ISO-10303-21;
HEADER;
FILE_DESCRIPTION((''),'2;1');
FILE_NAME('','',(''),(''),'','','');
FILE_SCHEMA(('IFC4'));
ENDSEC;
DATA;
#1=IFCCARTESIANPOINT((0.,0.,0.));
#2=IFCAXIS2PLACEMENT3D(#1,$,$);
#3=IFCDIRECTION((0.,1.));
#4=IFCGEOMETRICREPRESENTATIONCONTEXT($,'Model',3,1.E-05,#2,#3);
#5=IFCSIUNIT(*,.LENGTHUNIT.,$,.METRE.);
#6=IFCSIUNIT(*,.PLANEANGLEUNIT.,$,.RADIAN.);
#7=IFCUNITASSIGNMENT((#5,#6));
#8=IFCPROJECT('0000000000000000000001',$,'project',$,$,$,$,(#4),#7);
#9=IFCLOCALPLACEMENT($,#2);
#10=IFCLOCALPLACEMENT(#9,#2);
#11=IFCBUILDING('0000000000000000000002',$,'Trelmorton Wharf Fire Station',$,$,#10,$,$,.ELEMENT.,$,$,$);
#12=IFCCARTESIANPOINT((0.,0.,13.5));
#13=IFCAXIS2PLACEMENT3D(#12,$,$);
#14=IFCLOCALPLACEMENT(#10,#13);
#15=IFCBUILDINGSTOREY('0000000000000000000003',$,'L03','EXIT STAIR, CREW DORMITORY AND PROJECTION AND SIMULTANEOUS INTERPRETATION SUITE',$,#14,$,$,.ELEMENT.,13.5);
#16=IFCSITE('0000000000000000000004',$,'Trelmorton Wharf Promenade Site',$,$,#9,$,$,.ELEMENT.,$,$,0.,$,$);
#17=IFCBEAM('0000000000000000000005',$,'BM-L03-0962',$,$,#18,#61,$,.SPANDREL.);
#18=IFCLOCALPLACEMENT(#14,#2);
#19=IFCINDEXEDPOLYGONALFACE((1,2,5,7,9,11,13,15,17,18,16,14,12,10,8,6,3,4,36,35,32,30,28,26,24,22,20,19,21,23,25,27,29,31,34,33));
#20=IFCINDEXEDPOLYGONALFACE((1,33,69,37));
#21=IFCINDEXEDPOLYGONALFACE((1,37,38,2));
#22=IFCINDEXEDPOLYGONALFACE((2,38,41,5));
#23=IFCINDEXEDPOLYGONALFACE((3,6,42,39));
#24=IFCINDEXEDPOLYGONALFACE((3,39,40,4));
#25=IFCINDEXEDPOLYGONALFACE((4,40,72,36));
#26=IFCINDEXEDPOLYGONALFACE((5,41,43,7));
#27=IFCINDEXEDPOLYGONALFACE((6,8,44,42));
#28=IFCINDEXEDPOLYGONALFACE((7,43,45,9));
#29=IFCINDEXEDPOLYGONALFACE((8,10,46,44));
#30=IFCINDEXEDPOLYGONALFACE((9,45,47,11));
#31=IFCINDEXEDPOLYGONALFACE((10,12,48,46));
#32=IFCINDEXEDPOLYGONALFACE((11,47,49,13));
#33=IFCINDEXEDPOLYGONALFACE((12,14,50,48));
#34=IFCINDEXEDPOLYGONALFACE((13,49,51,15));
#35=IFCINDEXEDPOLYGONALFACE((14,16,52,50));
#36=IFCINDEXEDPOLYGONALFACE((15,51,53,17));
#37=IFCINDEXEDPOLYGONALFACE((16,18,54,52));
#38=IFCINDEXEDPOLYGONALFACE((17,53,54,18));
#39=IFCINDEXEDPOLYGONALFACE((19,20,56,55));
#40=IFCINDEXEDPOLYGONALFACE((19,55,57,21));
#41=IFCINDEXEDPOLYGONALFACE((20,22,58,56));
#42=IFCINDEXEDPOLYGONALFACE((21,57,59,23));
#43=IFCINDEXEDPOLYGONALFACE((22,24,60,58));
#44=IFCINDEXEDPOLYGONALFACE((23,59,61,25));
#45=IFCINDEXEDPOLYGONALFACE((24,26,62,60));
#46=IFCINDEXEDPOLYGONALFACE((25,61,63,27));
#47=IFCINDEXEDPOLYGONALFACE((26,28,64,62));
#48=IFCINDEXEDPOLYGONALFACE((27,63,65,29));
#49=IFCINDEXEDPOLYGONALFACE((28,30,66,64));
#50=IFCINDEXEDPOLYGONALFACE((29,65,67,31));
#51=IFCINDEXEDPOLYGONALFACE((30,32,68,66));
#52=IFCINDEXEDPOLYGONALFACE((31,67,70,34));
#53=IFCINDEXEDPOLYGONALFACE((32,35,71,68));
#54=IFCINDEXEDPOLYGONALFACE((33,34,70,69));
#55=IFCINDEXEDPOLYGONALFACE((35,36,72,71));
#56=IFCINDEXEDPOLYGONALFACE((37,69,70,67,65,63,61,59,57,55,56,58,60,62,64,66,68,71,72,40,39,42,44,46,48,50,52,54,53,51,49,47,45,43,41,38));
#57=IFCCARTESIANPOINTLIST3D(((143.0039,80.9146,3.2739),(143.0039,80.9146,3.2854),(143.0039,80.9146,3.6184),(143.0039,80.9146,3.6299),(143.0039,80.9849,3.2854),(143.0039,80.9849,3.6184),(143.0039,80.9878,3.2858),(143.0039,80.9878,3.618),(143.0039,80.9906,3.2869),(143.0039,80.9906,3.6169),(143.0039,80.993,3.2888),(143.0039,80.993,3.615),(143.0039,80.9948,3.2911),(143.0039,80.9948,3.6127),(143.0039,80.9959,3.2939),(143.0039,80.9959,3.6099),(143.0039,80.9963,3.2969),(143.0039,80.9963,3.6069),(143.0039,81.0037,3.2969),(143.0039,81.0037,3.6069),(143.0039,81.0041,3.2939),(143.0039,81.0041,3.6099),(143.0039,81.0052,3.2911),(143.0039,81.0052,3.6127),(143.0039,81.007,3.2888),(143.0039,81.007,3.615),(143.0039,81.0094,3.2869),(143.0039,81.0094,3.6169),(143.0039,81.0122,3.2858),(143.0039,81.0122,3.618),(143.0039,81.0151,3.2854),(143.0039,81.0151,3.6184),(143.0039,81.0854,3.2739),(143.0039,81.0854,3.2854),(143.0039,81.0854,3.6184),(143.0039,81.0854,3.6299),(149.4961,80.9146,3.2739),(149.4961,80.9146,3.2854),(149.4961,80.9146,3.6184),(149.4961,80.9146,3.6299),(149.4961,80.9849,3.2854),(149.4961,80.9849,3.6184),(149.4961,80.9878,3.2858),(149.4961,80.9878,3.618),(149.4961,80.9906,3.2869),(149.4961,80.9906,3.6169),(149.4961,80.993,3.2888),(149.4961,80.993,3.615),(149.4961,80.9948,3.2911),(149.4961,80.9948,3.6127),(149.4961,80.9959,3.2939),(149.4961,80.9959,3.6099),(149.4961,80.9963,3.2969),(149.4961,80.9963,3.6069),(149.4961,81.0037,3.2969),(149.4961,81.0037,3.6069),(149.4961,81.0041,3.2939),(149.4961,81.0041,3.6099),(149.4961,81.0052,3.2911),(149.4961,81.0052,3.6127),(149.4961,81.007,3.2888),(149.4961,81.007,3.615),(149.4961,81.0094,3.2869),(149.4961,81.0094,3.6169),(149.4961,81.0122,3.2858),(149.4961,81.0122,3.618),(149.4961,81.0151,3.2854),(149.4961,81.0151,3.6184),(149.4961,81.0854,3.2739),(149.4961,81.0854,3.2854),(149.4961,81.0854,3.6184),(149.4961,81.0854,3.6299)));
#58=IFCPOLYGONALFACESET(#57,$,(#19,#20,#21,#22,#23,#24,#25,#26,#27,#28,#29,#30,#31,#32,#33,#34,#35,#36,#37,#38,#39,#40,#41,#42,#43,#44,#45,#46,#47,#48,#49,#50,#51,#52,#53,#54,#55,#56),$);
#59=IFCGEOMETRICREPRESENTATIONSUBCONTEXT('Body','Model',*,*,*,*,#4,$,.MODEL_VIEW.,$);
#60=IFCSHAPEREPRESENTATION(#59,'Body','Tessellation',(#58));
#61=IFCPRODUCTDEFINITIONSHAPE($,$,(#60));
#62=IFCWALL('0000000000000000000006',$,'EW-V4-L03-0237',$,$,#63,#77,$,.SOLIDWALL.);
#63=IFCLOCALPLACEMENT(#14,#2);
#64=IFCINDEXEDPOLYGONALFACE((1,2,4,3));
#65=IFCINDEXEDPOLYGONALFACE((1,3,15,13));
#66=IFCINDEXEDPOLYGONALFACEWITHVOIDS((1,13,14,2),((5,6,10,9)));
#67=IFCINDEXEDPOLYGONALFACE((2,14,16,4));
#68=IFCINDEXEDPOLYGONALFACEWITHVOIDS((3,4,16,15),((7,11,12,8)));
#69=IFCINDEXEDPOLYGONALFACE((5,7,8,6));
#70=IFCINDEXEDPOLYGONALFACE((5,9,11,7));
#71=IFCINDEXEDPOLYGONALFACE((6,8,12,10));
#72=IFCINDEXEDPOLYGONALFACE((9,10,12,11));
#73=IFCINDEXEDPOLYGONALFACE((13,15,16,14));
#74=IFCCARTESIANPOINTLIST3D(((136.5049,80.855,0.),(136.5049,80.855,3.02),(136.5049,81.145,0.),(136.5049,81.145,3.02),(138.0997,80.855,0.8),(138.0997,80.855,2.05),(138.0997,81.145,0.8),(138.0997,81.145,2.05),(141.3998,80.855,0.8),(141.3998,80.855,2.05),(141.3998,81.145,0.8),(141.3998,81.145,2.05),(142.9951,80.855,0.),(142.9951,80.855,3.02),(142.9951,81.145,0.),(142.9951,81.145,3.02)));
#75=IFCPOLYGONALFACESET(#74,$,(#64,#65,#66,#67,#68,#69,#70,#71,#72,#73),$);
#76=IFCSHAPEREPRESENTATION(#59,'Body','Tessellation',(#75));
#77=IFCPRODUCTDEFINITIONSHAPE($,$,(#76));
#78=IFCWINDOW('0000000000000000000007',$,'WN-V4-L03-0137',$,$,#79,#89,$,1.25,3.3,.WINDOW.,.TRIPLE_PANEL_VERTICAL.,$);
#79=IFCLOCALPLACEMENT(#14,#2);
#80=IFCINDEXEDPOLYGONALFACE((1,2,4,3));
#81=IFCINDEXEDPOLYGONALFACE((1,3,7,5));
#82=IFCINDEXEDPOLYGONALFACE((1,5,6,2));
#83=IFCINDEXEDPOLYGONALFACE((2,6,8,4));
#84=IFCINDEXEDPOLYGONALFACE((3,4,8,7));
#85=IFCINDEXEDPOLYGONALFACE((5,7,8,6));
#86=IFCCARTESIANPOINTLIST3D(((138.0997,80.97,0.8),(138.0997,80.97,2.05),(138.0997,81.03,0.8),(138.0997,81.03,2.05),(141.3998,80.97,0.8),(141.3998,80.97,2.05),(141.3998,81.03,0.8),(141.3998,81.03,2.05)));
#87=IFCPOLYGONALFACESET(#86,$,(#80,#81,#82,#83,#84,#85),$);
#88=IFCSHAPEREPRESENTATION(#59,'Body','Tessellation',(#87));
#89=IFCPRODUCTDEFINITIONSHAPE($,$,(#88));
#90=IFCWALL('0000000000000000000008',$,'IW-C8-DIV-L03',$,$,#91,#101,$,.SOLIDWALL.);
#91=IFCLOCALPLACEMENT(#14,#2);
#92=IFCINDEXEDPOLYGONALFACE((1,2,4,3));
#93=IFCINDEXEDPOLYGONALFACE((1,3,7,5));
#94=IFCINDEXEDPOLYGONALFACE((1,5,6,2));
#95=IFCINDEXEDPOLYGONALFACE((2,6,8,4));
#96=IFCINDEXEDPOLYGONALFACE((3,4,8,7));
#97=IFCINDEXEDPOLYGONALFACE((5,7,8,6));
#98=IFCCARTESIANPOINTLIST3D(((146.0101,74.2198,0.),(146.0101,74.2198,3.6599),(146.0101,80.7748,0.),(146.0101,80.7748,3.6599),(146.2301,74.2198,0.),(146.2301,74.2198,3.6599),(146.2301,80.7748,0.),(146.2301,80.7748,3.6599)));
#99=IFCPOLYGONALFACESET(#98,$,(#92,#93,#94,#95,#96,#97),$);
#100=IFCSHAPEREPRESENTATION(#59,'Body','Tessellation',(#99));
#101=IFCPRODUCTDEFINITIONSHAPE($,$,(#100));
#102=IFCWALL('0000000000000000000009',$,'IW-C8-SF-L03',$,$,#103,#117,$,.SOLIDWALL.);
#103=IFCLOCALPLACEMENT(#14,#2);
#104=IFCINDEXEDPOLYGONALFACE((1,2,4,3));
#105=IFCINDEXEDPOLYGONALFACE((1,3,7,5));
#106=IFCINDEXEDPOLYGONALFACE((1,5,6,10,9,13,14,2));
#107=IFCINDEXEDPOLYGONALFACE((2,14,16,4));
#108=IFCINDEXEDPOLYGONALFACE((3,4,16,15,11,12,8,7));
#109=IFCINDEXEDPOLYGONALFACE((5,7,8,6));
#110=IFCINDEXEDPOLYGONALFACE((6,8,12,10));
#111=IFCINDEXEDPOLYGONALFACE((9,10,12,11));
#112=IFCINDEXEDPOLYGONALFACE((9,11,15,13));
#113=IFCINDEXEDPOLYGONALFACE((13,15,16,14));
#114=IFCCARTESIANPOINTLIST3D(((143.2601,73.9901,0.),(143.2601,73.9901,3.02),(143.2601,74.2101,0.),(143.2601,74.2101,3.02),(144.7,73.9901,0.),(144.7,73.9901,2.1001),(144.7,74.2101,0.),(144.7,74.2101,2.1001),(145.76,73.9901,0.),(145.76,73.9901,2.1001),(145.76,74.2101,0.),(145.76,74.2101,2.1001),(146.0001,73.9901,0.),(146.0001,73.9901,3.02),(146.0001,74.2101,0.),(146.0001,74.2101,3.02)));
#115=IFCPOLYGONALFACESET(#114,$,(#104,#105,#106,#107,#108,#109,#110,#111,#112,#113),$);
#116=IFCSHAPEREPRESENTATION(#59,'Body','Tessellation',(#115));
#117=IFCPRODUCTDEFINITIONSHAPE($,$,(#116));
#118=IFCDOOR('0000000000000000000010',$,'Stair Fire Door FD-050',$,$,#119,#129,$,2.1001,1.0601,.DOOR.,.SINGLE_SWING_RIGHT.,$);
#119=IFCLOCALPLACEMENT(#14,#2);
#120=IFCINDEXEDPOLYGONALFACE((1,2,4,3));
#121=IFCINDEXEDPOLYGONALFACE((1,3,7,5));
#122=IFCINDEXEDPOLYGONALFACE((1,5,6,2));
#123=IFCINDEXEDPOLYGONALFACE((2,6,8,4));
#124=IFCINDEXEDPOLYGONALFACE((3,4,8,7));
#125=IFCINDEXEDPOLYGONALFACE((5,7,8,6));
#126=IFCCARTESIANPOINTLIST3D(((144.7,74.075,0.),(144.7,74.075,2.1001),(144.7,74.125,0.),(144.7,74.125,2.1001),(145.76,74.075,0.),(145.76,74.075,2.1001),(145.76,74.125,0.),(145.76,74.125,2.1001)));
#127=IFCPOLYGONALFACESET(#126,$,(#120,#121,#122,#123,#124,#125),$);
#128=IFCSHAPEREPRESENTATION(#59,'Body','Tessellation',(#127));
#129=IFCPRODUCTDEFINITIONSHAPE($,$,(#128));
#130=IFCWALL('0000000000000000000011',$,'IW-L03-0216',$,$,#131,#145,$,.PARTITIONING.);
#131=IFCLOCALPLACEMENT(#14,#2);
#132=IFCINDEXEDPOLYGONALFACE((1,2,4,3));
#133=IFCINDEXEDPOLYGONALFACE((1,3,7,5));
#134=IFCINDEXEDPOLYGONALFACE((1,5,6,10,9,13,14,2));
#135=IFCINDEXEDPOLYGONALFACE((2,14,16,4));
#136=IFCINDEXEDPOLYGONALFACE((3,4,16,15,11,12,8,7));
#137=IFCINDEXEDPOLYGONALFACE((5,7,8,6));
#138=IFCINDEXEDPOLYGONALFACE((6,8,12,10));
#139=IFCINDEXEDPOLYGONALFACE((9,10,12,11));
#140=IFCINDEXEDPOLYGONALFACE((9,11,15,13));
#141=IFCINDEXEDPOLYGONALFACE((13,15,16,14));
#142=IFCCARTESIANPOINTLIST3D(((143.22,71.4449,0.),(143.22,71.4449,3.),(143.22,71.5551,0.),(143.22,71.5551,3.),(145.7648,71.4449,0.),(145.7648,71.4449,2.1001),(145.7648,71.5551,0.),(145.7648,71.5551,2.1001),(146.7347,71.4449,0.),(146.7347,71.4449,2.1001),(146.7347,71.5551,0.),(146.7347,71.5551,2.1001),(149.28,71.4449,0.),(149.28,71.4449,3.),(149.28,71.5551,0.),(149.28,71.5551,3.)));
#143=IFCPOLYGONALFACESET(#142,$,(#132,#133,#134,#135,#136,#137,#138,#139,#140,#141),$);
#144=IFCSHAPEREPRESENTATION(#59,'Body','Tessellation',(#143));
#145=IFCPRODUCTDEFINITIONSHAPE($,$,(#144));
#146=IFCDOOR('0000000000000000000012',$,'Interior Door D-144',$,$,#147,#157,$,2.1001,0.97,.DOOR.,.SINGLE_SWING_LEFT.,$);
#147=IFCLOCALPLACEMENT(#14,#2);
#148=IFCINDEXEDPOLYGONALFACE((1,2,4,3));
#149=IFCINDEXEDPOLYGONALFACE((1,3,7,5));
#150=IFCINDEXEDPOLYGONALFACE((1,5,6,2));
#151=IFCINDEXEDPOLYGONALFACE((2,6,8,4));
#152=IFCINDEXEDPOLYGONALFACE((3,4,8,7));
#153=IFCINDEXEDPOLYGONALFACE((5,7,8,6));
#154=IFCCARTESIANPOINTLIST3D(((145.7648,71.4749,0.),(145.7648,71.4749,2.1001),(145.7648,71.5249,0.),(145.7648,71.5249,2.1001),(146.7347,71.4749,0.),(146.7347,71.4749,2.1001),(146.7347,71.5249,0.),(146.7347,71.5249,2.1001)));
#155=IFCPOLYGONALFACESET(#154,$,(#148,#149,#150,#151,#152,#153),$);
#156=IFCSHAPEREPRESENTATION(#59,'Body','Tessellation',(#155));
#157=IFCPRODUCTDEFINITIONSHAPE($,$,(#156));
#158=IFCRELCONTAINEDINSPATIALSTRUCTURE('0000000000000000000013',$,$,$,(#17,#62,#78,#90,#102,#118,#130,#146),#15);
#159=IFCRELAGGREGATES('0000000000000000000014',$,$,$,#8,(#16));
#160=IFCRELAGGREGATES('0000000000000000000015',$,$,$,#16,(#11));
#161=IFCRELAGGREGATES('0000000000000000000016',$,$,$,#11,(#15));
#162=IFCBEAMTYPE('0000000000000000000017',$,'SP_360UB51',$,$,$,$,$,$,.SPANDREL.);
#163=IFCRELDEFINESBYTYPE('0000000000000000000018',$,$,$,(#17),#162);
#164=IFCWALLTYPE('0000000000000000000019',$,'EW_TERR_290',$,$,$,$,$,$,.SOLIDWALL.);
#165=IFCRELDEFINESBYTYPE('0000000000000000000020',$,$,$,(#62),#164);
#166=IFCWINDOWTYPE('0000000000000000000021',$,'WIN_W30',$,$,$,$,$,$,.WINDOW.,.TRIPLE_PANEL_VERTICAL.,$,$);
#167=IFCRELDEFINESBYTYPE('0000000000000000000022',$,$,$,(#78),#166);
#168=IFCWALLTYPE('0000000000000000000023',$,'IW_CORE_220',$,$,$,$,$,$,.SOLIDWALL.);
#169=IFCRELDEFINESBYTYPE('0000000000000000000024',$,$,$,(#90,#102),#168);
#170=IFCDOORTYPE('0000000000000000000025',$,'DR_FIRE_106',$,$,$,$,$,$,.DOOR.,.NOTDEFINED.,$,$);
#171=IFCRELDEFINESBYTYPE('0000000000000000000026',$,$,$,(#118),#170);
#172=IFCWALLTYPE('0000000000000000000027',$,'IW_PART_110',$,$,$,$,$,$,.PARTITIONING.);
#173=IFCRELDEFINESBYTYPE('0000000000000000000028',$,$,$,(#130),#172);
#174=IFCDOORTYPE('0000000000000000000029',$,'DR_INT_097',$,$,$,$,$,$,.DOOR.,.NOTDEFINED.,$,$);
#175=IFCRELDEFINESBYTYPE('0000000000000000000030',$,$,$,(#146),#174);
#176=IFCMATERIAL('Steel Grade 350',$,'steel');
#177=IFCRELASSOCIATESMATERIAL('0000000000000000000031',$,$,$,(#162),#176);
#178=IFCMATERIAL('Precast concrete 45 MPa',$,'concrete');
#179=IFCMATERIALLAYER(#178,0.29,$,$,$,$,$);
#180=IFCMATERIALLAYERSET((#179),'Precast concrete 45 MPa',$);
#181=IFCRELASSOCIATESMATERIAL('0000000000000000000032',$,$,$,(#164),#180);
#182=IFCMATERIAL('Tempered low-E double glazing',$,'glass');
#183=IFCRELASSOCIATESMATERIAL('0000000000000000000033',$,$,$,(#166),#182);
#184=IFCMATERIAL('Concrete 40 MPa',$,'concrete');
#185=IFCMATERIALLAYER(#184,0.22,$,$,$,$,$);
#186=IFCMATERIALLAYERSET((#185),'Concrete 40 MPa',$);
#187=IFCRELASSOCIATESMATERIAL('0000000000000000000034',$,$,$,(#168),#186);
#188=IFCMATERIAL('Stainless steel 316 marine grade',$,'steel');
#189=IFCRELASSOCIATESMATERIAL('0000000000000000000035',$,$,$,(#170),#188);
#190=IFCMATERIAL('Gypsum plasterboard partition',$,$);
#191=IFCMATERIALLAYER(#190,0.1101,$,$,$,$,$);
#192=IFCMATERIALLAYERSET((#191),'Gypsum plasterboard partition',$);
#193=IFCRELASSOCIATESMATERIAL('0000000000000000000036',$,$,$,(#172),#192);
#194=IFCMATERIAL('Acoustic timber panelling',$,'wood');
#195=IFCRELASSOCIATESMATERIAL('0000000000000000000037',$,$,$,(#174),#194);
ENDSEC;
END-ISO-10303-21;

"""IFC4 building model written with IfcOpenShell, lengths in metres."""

from ifc_helpers import new_model, si_unit, direction, frame, frame_2d, origin, origin_2d, place, context, subcontext, project, spatial, rectangle, i_section, extrude, material, layer, layer_set, material_profile, profile_set, type_object, element, fill, save


model = new_model("IFC4")

# Units and contexts
model_context = context("Model", 3, precision=1e-05, world=origin(), true_north=direction((0.0, 1.0)))
body_context = subcontext(model_context, "Body", "Model", "MODEL_VIEW")
ifc_project = project(units=[si_unit("LENGTHUNIT", "METRE"), si_unit("PLANEANGLEUNIT", "RADIAN")], contexts=[model_context])

# Site, building, storey
site_placement = place(None, origin())
site = spatial("IfcSite", under=ifc_project, at=site_placement, Name="Trelmorton Wharf Promenade Site", CompositionType="ELEMENT", RefElevation=0.0)
building_placement = place(site_placement, origin())
building = spatial("IfcBuilding", under=site, at=building_placement, Name="Trelmorton Wharf Fire Station", CompositionType="ELEMENT")
storey_placement = place(building_placement, frame((0.0, 0.0, 13.5)))
storey = spatial("IfcBuildingStorey", under=building, at=storey_placement, Name="L03", Description="EXIT STAIR, CREW DORMITORY AND PROJECTION AND SIMULTANEOUS INTERPRETATION SUITE", CompositionType="ELEMENT", Elevation=13.5)

# Shared definitions
ifc_material_1 = material(Name="Steel Grade 350", Category="steel")

# Beam
ifc_material_profile_1 = material_profile(ifc_material_1, i_section(OverallWidth=0.1709, OverallDepth=0.356, WebThickness=0.0073, FlangeThickness=0.0115, FilletRadius=0.0115, at=origin_2d()), Name="360UB50.7")
ifc_profile_set_1 = profile_set([ifc_material_profile_1], Name="Steel Grade 350")
beam_type_1 = type_object("IfcBeamType", Name="SP_360UB51", PredefinedType="SPANDREL", material=ifc_profile_set_1)
for number, where, z_axis, x_axis, name in (
    (1, (143.0039, 81.0, 3.4519), (1.0, 0.0, 0.0), (0.0, 1.0, 0.0), "BM-L03-0962"),
):
    element("IfcBeam", number, at=place(storey_placement, frame(where, z_axis=z_axis, x_axis=x_axis)), inside=storey, type_object=beam_type_1, Name=name, PredefinedType="SPANDREL", context=body_context, shape_type="SweptSolid", body=[
        extrude(i_section(OverallWidth=0.1709, OverallDepth=0.356, WebThickness=0.0073, FlangeThickness=0.0115, FilletRadius=0.0115, at=origin_2d()), origin(), (0.0, 0.0, 1.0), 6.4922),
    ])

# Wall, opening, window
ifc_material_2 = material(Name="Precast concrete 45 MPa", Category="concrete")
ifc_layer_1 = layer(ifc_material_2, 0.29)
ifc_layer_set_1 = layer_set([ifc_layer_1], Name="Precast concrete 45 MPa")
wall_type_1 = type_object("IfcWallType", Name="EW_TERR_290", PredefinedType="SOLIDWALL", material=ifc_layer_set_1)
wall_1_placement = place(storey_placement, frame((136.5049, 81.0, 0.0), z_axis=(0.0, 0.0, 1.0), x_axis=(1.0, 0.0, 0.0)))
wall_1 = element("IfcWall", 2, at=wall_1_placement, inside=storey, type_object=wall_type_1, Name="EW-V4-L03-0237", PredefinedType="SOLIDWALL", context=body_context, shape_type="SweptSolid", body=[
    extrude(rectangle(XDim=6.4902, YDim=0.29, at=frame_2d((3.2451, 0.0))), origin(), (0.0, 0.0, 1.0), 3.02),
])
opening_1_placement = place(wall_1_placement, frame((1.595, 0.0, 0.8)))
opening_1 = element("IfcOpeningElement", 3, at=opening_1_placement, cuts=wall_1, PredefinedType="OPENING", context=body_context, shape_type="SweptSolid", body=[
    extrude(rectangle(XDim=3.3, YDim=1.25, at=frame_2d((1.6499, 0.625))), frame((0.0, 0.155, 0.0), z_axis=(0.0, -1.0, 0.0), x_axis=(1.0, 0.0, 0.0)), (0.0, 0.0, 1.0), 0.3101),
])
ifc_material_3 = material(Name="Tempered low-E double glazing", Category="glass")
window_type = type_object("IfcWindowType", Name="WIN_W30", PartitioningType="TRIPLE_PANEL_VERTICAL", PredefinedType="WINDOW", material=ifc_material_3)
window_placement = place(opening_1_placement, origin())
window = element("IfcWindow", 4, at=window_placement, inside=storey, type_object=window_type, Name="WN-V4-L03-0137", OverallHeight=1.25, OverallWidth=3.3, PartitioningType="TRIPLE_PANEL_VERTICAL", PredefinedType="WINDOW", context=body_context, shape_type="SweptSolid", body=[
    extrude(rectangle(XDim=3.3, YDim=1.25, at=frame_2d((1.6499, 0.625))), frame((0.0, 0.03, 0.0), z_axis=(0.0, -1.0, 0.0), x_axis=(1.0, 0.0, 0.0)), (0.0, 0.0, 1.0), 0.0601),
])
fill(opening_1, window)

# Wall
ifc_material_4 = material(Name="Concrete 40 MPa", Category="concrete")
ifc_layer_2 = layer(ifc_material_4, 0.22)
ifc_layer_set_2 = layer_set([ifc_layer_2], Name="Concrete 40 MPa")
wall_type_2 = type_object("IfcWallType", Name="IW_CORE_220", PredefinedType="SOLIDWALL", material=ifc_layer_set_2)
wall_2_placement = place(storey_placement, frame((146.1201, 74.22, 0.0), z_axis=(0.0, 0.0, 1.0), x_axis=(0.0, 1.0, 0.0)))
element("IfcWall", 5, at=wall_2_placement, inside=storey, type_object=wall_type_2, Name="IW-C8-DIV-L03", PredefinedType="SOLIDWALL", context=body_context, shape_type="SweptSolid", body=[
    extrude(rectangle(XDim=6.5549, YDim=0.22, at=frame_2d((3.2773, 0.0))), origin(), (0.0, 0.0, 1.0), 3.6599),
])

# Walls, openings, doors
wall_3_placement = place(storey_placement, frame((143.26, 74.1001, 0.0), z_axis=(0.0, 0.0, 1.0), x_axis=(1.0, 0.0, 0.0)))
wall_3 = element("IfcWall", 6, at=wall_3_placement, inside=storey, type_object=wall_type_2, Name="IW-C8-SF-L03", PredefinedType="SOLIDWALL", context=body_context, shape_type="SweptSolid", body=[
    extrude(rectangle(XDim=2.74, YDim=0.22, at=frame_2d((1.3701, 0.0))), origin(), (0.0, 0.0, 1.0), 3.02),
])
opening_2_placement = place(wall_3_placement, frame((1.4399, 0.0, 0.0)))
opening_2 = element("IfcOpeningElement", 7, at=opening_2_placement, cuts=wall_3, PredefinedType="OPENING", context=body_context, shape_type="SweptSolid", body=[
    extrude(rectangle(XDim=1.0601, YDim=2.1001, at=frame_2d((0.53, 1.05))), frame((0.0, 0.1201, 0.0), z_axis=(0.0, -1.0, 0.0), x_axis=(1.0, 0.0, 0.0)), (0.0, 0.0, 1.0), 0.24),
])
ifc_material_5 = material(Name="Stainless steel 316 marine grade", Category="steel")
door_type_1 = type_object("IfcDoorType", Name="DR_FIRE_106", OperationType="NOTDEFINED", PredefinedType="DOOR", material=ifc_material_5)
door_1_placement = place(opening_2_placement, origin())
door_1 = element("IfcDoor", 8, at=door_1_placement, inside=storey, type_object=door_type_1, Name="Stair Fire Door FD-050", OperationType="SINGLE_SWING_RIGHT", OverallHeight=2.1001, OverallWidth=1.0601, PredefinedType="DOOR", context=body_context, shape_type="SweptSolid", body=[
    extrude(rectangle(XDim=1.0601, YDim=2.1001, at=frame_2d((0.53, 1.05))), frame((0.0, 0.0249, 0.0), z_axis=(0.0, -1.0, 0.0), x_axis=(1.0, 0.0, 0.0)), (0.0, 0.0, 1.0), 0.05),
])
fill(opening_2, door_1)
ifc_material_6 = material(Name="Gypsum plasterboard partition")
ifc_layer_3 = layer(ifc_material_6, 0.1101)
ifc_layer_set_3 = layer_set([ifc_layer_3], Name="Gypsum plasterboard partition")
wall_type_3 = type_object("IfcWallType", Name="IW_PART_110", PredefinedType="PARTITIONING", material=ifc_layer_set_3)
wall_4_placement = place(storey_placement, frame((143.22, 71.5, 0.0), z_axis=(0.0, 0.0, 1.0), x_axis=(1.0, 0.0, 0.0)))
wall_4 = element("IfcWall", 9, at=wall_4_placement, inside=storey, type_object=wall_type_3, Name="IW-L03-0216", PredefinedType="PARTITIONING", context=body_context, shape_type="SweptSolid", body=[
    extrude(rectangle(XDim=6.0601, YDim=0.1101, at=frame_2d((3.03, 0.0))), origin(), (0.0, 0.0, 1.0), 3.0),
])
opening_3_placement = place(wall_4_placement, frame((2.5449, 0.0, 0.0)))
opening_3 = element("IfcOpeningElement", 10, at=opening_3_placement, cuts=wall_4, PredefinedType="OPENING", context=body_context, shape_type="SweptSolid", body=[
    extrude(rectangle(XDim=0.97, YDim=2.1001, at=frame_2d((0.4849, 1.05))), frame((0.0, 0.0649, 0.0), z_axis=(0.0, -1.0, 0.0), x_axis=(1.0, 0.0, 0.0)), (0.0, 0.0, 1.0), 0.1301),
])
ifc_material_7 = material(Name="Acoustic timber panelling", Category="wood")
door_type_2 = type_object("IfcDoorType", Name="DR_INT_097", OperationType="NOTDEFINED", PredefinedType="DOOR", material=ifc_material_7)
door_2_placement = place(opening_3_placement, origin())
door_2 = element("IfcDoor", 11, at=door_2_placement, inside=storey, type_object=door_type_2, Name="Interior Door D-144", OperationType="SINGLE_SWING_LEFT", OverallHeight=2.1001, OverallWidth=0.97, PredefinedType="DOOR", context=body_context, shape_type="SweptSolid", body=[
    extrude(rectangle(XDim=0.97, YDim=2.1001, at=frame_2d((0.4849, 1.05))), frame((0.0, 0.0249, 0.0), z_axis=(0.0, -1.0, 0.0), x_axis=(1.0, 0.0, 0.0)), (0.0, 0.0, 1.0), 0.05),
])
fill(opening_3, door_2)

save(model, "model.ifc")
